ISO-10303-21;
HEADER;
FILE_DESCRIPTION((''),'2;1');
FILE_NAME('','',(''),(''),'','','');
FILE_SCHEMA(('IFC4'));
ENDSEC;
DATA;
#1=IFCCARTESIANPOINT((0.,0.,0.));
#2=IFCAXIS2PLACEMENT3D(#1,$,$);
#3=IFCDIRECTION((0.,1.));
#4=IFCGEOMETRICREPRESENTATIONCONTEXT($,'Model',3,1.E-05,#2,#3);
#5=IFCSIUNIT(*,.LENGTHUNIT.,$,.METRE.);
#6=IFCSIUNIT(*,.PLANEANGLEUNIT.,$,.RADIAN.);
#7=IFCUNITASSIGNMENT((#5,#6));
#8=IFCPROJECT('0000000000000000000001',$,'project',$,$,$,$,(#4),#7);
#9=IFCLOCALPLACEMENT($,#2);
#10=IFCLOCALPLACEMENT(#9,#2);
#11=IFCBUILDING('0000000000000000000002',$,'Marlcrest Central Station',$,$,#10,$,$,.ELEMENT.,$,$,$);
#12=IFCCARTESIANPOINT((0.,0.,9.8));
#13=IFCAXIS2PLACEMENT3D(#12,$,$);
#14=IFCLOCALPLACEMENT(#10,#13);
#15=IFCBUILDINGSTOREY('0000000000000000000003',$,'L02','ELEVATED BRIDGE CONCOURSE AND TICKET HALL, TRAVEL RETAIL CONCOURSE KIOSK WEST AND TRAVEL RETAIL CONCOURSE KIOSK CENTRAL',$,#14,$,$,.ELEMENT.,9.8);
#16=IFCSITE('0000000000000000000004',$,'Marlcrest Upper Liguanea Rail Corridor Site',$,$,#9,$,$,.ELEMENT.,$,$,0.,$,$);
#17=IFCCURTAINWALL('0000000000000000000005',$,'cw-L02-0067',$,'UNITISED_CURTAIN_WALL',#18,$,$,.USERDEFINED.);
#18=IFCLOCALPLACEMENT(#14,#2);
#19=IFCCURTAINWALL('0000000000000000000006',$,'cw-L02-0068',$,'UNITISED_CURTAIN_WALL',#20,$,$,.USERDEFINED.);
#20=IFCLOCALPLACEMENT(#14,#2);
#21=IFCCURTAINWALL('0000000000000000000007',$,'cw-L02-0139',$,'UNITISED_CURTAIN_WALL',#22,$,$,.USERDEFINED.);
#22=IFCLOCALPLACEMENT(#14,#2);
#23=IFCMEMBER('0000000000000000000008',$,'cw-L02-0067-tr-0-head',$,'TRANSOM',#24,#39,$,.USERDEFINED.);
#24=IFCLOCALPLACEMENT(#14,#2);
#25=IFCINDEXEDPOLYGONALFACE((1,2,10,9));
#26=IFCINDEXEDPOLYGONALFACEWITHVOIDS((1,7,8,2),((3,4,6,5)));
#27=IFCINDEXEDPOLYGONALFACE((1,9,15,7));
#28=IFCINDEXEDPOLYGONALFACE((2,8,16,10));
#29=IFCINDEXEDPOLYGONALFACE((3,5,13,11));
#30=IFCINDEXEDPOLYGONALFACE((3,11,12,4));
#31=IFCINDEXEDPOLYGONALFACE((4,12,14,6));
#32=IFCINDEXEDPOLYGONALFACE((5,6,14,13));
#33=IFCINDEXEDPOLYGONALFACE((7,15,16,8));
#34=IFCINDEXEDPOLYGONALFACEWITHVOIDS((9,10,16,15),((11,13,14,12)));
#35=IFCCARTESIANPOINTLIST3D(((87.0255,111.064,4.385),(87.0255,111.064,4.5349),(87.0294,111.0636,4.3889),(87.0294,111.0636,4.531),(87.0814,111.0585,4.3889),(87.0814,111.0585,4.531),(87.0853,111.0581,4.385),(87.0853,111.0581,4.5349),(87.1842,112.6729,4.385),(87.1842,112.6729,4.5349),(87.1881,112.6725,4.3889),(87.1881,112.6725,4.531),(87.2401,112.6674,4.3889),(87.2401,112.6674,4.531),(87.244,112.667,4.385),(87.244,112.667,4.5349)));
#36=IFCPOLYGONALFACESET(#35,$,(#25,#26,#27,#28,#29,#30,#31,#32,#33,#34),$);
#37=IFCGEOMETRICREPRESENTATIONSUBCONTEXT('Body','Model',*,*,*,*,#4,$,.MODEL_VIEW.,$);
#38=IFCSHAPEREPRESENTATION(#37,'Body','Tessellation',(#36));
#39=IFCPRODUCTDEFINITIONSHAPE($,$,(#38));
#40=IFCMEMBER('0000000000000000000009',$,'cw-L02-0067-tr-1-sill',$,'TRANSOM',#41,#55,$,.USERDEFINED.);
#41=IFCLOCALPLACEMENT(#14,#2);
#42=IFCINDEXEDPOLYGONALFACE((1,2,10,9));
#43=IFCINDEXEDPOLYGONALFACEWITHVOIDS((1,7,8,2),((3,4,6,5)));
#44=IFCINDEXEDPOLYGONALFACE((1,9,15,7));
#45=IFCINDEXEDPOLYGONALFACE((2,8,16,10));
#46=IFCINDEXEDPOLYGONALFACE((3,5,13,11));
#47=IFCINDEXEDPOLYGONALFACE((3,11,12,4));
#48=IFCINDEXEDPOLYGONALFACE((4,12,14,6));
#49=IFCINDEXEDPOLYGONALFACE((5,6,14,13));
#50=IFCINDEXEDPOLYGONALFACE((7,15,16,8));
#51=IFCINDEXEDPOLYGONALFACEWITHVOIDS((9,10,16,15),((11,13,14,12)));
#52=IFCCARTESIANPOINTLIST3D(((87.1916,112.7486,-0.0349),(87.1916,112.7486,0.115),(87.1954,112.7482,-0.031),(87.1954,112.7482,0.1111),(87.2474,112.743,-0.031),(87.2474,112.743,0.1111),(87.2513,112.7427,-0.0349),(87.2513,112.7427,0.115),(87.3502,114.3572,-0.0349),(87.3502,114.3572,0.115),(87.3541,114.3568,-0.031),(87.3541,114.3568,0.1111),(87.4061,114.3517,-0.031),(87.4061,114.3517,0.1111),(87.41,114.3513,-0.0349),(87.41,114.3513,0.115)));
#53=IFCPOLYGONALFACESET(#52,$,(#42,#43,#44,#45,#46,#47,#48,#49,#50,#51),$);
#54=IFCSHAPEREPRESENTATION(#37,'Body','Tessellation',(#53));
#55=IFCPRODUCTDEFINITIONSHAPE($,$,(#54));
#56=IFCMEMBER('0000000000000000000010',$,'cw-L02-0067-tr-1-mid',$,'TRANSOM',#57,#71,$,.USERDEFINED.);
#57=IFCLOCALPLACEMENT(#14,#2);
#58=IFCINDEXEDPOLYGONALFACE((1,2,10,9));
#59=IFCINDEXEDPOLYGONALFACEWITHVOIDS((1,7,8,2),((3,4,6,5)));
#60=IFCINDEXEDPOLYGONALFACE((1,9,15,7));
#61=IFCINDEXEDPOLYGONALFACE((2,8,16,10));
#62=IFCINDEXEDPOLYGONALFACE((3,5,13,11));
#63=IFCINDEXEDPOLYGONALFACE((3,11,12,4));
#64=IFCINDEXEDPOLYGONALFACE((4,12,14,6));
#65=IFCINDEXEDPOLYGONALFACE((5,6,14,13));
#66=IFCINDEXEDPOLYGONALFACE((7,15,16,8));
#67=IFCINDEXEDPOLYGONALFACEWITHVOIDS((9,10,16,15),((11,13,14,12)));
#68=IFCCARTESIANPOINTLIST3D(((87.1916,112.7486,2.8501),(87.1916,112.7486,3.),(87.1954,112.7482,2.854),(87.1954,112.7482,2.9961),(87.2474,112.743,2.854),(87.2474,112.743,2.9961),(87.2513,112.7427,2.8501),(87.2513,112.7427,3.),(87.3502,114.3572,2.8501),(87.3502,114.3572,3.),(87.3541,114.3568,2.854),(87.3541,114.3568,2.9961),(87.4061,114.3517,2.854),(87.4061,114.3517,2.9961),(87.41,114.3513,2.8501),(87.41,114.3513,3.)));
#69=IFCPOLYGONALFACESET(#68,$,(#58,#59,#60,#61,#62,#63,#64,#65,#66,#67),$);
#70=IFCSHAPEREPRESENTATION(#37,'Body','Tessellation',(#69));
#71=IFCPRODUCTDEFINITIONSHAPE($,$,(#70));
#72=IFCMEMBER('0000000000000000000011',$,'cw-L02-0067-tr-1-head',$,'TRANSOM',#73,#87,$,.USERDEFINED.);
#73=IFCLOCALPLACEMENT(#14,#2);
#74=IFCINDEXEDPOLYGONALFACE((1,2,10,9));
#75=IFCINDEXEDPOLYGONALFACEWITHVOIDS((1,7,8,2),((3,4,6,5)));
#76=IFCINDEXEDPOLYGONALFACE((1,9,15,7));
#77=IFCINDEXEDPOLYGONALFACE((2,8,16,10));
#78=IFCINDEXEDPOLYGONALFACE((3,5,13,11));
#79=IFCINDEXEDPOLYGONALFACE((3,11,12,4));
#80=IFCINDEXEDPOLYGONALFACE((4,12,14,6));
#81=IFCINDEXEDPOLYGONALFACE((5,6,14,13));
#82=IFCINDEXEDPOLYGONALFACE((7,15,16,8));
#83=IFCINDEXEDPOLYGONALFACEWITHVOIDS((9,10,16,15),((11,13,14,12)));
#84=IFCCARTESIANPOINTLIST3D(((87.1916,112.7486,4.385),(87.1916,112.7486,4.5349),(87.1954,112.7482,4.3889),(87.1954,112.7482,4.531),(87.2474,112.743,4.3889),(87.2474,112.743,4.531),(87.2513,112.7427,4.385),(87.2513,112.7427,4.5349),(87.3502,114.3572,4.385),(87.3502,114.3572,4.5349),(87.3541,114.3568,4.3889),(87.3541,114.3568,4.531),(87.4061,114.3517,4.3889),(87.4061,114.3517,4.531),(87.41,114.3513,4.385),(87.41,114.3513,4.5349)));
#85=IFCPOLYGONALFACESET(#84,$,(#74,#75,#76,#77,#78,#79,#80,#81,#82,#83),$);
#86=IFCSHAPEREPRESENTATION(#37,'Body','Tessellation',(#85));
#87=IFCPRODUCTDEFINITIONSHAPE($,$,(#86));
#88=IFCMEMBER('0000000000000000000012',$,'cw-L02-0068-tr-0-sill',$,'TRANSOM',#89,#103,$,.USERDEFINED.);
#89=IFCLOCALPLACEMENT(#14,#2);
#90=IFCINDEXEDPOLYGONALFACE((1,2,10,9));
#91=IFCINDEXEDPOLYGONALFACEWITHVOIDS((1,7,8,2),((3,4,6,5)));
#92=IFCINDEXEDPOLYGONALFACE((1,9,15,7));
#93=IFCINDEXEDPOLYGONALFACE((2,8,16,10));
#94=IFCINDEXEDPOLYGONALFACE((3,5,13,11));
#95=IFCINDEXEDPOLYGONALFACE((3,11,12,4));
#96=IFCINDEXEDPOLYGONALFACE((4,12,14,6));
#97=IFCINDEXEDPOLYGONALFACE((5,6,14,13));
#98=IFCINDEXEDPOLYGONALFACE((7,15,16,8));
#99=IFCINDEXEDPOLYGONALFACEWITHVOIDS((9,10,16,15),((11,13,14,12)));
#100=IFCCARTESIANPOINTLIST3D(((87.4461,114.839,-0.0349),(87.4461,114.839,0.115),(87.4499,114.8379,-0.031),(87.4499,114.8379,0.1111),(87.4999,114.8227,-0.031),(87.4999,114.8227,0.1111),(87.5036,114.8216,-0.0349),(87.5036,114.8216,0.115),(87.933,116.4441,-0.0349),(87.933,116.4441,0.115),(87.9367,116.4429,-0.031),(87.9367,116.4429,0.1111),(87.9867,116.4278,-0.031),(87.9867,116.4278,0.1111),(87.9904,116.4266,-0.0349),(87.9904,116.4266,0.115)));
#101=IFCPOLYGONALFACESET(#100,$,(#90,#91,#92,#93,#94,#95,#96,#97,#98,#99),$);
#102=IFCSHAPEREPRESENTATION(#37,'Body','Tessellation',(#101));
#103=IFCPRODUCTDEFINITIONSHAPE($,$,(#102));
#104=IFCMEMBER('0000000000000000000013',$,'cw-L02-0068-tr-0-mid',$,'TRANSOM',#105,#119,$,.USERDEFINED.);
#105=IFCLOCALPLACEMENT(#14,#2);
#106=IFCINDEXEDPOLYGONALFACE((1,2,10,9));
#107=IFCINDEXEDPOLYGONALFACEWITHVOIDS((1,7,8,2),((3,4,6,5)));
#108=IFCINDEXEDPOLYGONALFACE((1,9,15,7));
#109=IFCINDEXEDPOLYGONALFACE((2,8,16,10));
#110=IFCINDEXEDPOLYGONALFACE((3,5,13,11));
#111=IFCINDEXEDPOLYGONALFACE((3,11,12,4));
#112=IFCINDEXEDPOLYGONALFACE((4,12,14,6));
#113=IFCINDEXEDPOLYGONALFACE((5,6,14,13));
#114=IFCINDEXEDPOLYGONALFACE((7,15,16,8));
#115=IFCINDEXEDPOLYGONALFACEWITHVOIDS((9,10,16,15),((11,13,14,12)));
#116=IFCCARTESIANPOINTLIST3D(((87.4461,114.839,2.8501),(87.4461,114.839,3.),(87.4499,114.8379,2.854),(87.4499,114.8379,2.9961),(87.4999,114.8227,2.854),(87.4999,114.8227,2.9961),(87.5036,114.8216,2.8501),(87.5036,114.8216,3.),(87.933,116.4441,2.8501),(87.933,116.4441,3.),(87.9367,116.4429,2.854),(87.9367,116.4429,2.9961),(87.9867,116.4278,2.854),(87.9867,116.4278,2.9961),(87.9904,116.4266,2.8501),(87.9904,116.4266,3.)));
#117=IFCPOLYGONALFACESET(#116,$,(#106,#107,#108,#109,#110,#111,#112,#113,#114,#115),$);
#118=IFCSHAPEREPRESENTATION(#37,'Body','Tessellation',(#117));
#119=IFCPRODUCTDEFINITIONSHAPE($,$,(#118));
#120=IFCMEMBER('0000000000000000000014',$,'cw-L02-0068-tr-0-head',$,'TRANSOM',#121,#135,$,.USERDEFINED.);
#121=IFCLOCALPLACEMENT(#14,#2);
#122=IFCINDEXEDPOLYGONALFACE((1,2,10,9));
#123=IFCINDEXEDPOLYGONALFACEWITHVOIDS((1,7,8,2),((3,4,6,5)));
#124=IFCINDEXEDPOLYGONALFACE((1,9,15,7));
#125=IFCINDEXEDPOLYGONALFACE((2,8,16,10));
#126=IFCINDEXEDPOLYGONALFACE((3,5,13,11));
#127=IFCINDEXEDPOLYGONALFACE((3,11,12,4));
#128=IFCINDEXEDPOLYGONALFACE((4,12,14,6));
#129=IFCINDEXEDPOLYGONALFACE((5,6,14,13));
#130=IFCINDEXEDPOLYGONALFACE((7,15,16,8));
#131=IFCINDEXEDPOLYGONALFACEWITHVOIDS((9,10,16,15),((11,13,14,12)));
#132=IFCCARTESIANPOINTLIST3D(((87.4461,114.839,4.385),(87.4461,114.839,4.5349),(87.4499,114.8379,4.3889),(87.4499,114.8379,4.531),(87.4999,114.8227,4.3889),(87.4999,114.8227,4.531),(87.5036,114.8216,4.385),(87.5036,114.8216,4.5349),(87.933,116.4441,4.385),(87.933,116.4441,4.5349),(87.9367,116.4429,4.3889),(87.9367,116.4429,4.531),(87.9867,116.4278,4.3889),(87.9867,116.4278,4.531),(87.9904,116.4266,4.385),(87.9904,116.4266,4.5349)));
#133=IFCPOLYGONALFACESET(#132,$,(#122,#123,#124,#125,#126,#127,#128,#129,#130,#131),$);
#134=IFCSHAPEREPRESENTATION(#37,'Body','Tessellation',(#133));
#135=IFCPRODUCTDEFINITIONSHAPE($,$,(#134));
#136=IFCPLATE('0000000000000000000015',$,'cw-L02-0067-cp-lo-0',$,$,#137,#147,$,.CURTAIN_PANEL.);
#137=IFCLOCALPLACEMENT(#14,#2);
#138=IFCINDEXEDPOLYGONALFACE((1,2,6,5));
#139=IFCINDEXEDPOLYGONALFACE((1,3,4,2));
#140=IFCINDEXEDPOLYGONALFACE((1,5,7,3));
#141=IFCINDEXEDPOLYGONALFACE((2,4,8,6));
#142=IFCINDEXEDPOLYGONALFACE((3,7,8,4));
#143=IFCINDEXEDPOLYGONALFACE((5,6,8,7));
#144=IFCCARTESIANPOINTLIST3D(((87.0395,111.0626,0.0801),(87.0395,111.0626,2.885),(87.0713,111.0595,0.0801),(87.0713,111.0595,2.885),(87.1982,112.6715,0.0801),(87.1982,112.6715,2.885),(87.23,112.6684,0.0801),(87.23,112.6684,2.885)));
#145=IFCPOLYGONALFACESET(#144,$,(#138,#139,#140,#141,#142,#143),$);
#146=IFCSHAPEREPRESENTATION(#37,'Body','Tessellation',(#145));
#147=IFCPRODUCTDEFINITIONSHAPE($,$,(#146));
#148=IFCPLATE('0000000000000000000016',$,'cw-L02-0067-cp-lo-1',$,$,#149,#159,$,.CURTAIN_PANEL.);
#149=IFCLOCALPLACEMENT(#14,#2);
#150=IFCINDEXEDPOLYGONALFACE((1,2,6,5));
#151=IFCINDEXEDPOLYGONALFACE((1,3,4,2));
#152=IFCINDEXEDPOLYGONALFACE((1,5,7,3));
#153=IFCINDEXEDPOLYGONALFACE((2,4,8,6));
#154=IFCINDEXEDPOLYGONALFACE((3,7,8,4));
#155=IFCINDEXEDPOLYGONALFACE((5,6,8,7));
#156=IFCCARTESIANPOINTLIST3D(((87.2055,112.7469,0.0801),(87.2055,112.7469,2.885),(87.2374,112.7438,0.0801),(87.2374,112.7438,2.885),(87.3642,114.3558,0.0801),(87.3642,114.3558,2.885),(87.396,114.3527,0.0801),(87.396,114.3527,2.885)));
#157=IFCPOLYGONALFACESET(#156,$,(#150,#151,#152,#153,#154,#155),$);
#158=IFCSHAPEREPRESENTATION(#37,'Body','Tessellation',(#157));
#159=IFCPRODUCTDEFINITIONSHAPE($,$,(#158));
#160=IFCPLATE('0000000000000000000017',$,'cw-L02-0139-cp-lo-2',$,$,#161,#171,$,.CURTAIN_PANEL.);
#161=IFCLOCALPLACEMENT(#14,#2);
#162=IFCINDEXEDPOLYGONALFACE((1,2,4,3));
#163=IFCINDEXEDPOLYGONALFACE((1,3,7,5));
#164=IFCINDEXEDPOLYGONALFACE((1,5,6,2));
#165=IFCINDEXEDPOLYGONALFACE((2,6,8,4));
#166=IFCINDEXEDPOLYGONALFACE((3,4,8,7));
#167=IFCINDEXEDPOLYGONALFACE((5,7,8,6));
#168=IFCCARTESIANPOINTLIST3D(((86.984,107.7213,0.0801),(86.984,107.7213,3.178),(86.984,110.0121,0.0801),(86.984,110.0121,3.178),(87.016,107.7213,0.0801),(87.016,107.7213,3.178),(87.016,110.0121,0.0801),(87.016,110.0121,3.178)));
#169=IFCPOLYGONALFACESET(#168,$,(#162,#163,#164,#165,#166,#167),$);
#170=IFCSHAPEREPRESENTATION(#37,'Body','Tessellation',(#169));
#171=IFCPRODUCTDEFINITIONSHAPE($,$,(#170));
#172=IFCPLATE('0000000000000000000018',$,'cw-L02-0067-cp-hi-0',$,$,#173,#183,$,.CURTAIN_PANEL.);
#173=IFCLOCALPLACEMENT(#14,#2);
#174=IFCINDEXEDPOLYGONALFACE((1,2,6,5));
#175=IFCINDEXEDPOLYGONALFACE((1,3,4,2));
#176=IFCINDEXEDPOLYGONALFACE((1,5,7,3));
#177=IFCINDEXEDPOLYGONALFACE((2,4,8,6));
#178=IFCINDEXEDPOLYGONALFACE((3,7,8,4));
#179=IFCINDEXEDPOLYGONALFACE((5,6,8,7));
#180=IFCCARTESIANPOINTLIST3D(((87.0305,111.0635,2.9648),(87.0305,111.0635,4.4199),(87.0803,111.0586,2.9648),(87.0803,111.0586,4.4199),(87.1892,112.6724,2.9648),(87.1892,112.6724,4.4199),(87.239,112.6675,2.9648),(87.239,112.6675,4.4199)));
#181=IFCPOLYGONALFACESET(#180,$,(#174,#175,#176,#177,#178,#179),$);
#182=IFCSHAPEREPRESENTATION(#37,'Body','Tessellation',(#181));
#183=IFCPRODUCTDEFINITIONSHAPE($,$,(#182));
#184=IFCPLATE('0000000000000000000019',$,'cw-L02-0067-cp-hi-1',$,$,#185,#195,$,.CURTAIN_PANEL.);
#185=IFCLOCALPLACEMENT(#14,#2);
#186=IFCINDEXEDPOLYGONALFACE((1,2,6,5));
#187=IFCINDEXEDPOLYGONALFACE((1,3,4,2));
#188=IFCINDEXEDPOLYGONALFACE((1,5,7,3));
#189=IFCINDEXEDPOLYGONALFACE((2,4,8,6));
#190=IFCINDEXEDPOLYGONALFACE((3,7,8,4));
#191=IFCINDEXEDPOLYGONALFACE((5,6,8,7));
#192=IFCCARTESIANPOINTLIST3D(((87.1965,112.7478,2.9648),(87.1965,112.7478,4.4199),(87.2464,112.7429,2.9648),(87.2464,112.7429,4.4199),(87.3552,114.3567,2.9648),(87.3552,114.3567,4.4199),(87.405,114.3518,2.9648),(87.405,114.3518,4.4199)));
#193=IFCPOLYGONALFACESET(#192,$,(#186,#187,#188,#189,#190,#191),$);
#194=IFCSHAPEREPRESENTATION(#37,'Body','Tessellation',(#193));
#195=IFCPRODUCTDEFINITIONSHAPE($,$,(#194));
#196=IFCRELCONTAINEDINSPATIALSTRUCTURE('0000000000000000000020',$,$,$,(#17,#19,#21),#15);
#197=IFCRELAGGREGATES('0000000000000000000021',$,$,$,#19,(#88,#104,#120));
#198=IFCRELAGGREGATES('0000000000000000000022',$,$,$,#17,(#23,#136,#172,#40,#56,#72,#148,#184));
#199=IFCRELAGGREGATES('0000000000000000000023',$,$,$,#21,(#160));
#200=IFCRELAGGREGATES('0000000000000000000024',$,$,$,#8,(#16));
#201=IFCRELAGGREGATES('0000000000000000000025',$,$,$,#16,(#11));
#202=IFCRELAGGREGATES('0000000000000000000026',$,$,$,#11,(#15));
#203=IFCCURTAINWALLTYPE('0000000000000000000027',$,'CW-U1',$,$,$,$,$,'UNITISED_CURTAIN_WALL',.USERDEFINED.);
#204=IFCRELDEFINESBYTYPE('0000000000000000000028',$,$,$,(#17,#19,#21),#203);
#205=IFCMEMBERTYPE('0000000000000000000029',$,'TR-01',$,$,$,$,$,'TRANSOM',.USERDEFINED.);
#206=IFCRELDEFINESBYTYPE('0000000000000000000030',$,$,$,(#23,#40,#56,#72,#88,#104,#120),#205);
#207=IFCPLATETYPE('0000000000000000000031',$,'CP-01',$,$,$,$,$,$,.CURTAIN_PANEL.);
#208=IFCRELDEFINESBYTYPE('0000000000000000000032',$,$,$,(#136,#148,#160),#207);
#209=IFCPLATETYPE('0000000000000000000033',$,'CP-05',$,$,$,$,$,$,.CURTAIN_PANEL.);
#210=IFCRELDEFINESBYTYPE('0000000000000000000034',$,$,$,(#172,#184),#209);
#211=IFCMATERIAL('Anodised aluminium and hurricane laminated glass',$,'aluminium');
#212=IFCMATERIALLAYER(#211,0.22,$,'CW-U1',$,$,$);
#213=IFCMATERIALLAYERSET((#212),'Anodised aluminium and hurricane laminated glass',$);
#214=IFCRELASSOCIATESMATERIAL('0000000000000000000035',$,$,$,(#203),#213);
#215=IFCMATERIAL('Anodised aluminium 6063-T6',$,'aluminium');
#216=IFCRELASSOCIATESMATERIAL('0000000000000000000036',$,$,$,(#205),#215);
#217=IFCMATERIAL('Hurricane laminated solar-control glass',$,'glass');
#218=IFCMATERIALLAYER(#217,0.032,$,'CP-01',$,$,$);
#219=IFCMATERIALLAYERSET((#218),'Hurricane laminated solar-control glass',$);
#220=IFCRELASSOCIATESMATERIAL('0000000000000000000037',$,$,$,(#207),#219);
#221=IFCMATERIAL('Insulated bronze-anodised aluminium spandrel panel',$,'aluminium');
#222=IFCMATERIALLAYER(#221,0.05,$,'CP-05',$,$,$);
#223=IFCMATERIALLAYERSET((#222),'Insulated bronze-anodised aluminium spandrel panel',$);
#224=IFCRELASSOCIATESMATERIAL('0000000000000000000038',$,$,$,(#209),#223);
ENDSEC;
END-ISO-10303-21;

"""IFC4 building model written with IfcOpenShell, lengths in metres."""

from ifc_helpers import new_model, si_unit, direction, frame, origin, origin_2d, place, context, subcontext, project, spatial, rectangle, hollow_rectangle, extrude, material, layer, layer_set, material_profile, profile_set, type_object, element, aggregate, save


model = new_model("IFC4")

# Units and contexts
model_context = context("Model", 3, precision=1e-05, world=origin(), true_north=direction((0.0, 1.0)))
body_context = subcontext(model_context, "Body", "Model", "MODEL_VIEW")
ifc_project = project(units=[si_unit("LENGTHUNIT", "METRE"), si_unit("PLANEANGLEUNIT", "RADIAN")], contexts=[model_context])

# Site, building, storey
site_placement = place(None, origin())
site = spatial("IfcSite", under=ifc_project, at=site_placement, Name="Marlcrest Upper Liguanea Rail Corridor Site", CompositionType="ELEMENT", RefElevation=0.0)
building_placement = place(site_placement, origin())
building = spatial("IfcBuilding", under=site, at=building_placement, Name="Marlcrest Central Station", CompositionType="ELEMENT")
storey_placement = place(building_placement, frame((0.0, 0.0, 9.8)))
storey = spatial("IfcBuildingStorey", under=building, at=storey_placement, Name="L02", Description="ELEVATED BRIDGE CONCOURSE AND TICKET HALL, TRAVEL RETAIL CONCOURSE KIOSK WEST AND TRAVEL RETAIL CONCOURSE KIOSK CENTRAL", CompositionType="ELEMENT", Elevation=9.8)

# Curtain wall
ifc_material_1 = material(Name="Anodised aluminium and hurricane laminated glass", Category="aluminium")
ifc_layer_1 = layer(ifc_material_1, 0.22, Name="CW-U1")
ifc_layer_set_1 = layer_set([ifc_layer_1], Name="Anodised aluminium and hurricane laminated glass")
curtain_wall_type = type_object("IfcCurtainWallType", Name="CW-U1", ElementType="UNITISED_CURTAIN_WALL", PredefinedType="USERDEFINED", material=ifc_layer_set_1)
curtain_wall_1_placement = place(storey_placement, origin())
curtain_wall_1 = element("IfcCurtainWall", 1, at=curtain_wall_1_placement, inside=storey, type_object=curtain_wall_type, Name="cw-L02-0067", ObjectType="UNITISED_CURTAIN_WALL", PredefinedType="USERDEFINED")
ifc_material_2 = material(Name="Anodised aluminium 6063-T6", Category="aluminium")

# Curtain walls
curtain_wall_2_placement = place(storey_placement, origin())
curtain_wall_2 = element("IfcCurtainWall", 2, at=curtain_wall_2_placement, inside=storey, type_object=curtain_wall_type, Name="cw-L02-0068", ObjectType="UNITISED_CURTAIN_WALL", PredefinedType="USERDEFINED")
curtain_wall_3_placement = place(storey_placement, origin())
curtain_wall_3 = element("IfcCurtainWall", 3, at=curtain_wall_3_placement, inside=storey, type_object=curtain_wall_type, Name="cw-L02-0139", ObjectType="UNITISED_CURTAIN_WALL", PredefinedType="USERDEFINED")

# Members
ifc_material_profile_1 = material_profile(ifc_material_2, hollow_rectangle(XDim=0.0601, YDim=0.1499, WallThickness=0.0039, at=origin_2d()), Name="AA-RHS 150x60x4")
ifc_profile_set_1 = profile_set([ifc_material_profile_1], Name="Anodised aluminium 6063-T6")
member_type_1 = type_object("IfcMemberType", Name="TR-01", ElementType="TRANSOM", PredefinedType="USERDEFINED", material=ifc_profile_set_1)
member_1_placement = place(storey_placement, frame((87.0554, 111.061, 4.46), z_axis=(0.098158, 0.995171, 0.0), x_axis=(-0.995171, 0.098158, 0.0)))
member_1 = element("IfcMember", 4, at=member_1_placement, type_object=member_type_1, Name="cw-L02-0067-tr-0-head", ObjectType="TRANSOM", PredefinedType="USERDEFINED", context=body_context, shape_type="SweptSolid", body=[
    extrude(hollow_rectangle(XDim=0.0601, YDim=0.1499, WallThickness=0.0039, at=origin_2d()), origin(), (0.0, 0.0, 1.0), 1.6167),
])
member_2_placement = place(storey_placement, frame((87.2214, 112.7456, 0.04), z_axis=(0.098173, 0.995169, 0.0), x_axis=(-0.995169, 0.098173, 0.0)))
member_2 = element("IfcMember", 5, at=member_2_placement, type_object=member_type_1, Name="cw-L02-0067-tr-1-sill", ObjectType="TRANSOM", PredefinedType="USERDEFINED", context=body_context, shape_type="SweptSolid", body=[
    extrude(hollow_rectangle(XDim=0.0601, YDim=0.1499, WallThickness=0.0039, at=origin_2d()), origin(), (0.0, 0.0, 1.0), 1.6165),
])
member_3_placement = place(storey_placement, frame((87.2214, 112.7456, 2.925), z_axis=(0.098173, 0.995169, 0.0), x_axis=(-0.995169, 0.098173, 0.0)))
member_3 = element("IfcMember", 6, at=member_3_placement, type_object=member_type_1, Name="cw-L02-0067-tr-1-mid", ObjectType="TRANSOM", PredefinedType="USERDEFINED", context=body_context, shape_type="SweptSolid", body=[
    extrude(hollow_rectangle(XDim=0.0601, YDim=0.1499, WallThickness=0.0039, at=origin_2d()), origin(), (0.0, 0.0, 1.0), 1.6165),
])
member_4_placement = place(storey_placement, frame((87.2214, 112.7456, 4.46), z_axis=(0.098173, 0.995169, 0.0), x_axis=(-0.995169, 0.098173, 0.0)))
member_4 = element("IfcMember", 7, at=member_4_placement, type_object=member_type_1, Name="cw-L02-0067-tr-1-head", ObjectType="TRANSOM", PredefinedType="USERDEFINED", context=body_context, shape_type="SweptSolid", body=[
    extrude(hollow_rectangle(XDim=0.0601, YDim=0.1499, WallThickness=0.0039, at=origin_2d()), origin(), (0.0, 0.0, 1.0), 1.6165),
])
member_5_placement = place(storey_placement, frame((87.4749, 114.8303, 0.04), z_axis=(0.290258, 0.956948, 0.0), x_axis=(-0.956948, 0.290258, 0.0)))
member_5 = element("IfcMember", 8, at=member_5_placement, type_object=member_type_1, Name="cw-L02-0068-tr-0-sill", ObjectType="TRANSOM", PredefinedType="USERDEFINED", context=body_context, shape_type="SweptSolid", body=[
    extrude(hollow_rectangle(XDim=0.0601, YDim=0.1499, WallThickness=0.0039, at=origin_2d()), origin(), (0.0, 0.0, 1.0), 1.6772),
])
member_6_placement = place(storey_placement, frame((87.4749, 114.8303, 2.925), z_axis=(0.290258, 0.956948, 0.0), x_axis=(-0.956948, 0.290258, 0.0)))
member_6 = element("IfcMember", 9, at=member_6_placement, type_object=member_type_1, Name="cw-L02-0068-tr-0-mid", ObjectType="TRANSOM", PredefinedType="USERDEFINED", context=body_context, shape_type="SweptSolid", body=[
    extrude(hollow_rectangle(XDim=0.0601, YDim=0.1499, WallThickness=0.0039, at=origin_2d()), origin(), (0.0, 0.0, 1.0), 1.6772),
])
member_7_placement = place(storey_placement, frame((87.4749, 114.8303, 4.46), z_axis=(0.290258, 0.956948, 0.0), x_axis=(-0.956948, 0.290258, 0.0)))
member_7 = element("IfcMember", 10, at=member_7_placement, type_object=member_type_1, Name="cw-L02-0068-tr-0-head", ObjectType="TRANSOM", PredefinedType="USERDEFINED", context=body_context, shape_type="SweptSolid", body=[
    extrude(hollow_rectangle(XDim=0.0601, YDim=0.1499, WallThickness=0.0039, at=origin_2d()), origin(), (0.0, 0.0, 1.0), 1.6772),
])
aggregate(curtain_wall_2, [member_5, member_6, member_7])

# Plates
ifc_material_3 = material(Name="Hurricane laminated solar-control glass", Category="glass")
ifc_layer_2 = layer(ifc_material_3, 0.032, Name="CP-01")
ifc_layer_set_2 = layer_set([ifc_layer_2], Name="Hurricane laminated solar-control glass")
plate_type_1 = type_object("IfcPlateType", Name="CP-01", PredefinedType="CURTAIN_PANEL", material=ifc_layer_set_2)
plate_1_placement = place(storey_placement, frame((87.1348, 111.8655, 0.0801), z_axis=(0.0, 0.0, 1.0), x_axis=(0.098139, 0.995173, 0.0)))
plate_1 = element("IfcPlate", 11, at=plate_1_placement, type_object=plate_type_1, Name="cw-L02-0067-cp-lo-0", PredefinedType="CURTAIN_PANEL", context=body_context, shape_type="SweptSolid", body=[
    extrude(rectangle(XDim=1.6167, YDim=0.032, at=origin_2d()), origin(), (0.0, 0.0, 1.0), 2.8049),
])
plate_2_placement = place(storey_placement, frame((87.3008, 113.5498, 0.0801), z_axis=(0.0, 0.0, 1.0), x_axis=(0.098139, 0.995173, 0.0)))
plate_2 = element("IfcPlate", 12, at=plate_2_placement, type_object=plate_type_1, Name="cw-L02-0067-cp-lo-1", PredefinedType="CURTAIN_PANEL", context=body_context, shape_type="SweptSolid", body=[
    extrude(rectangle(XDim=1.6167, YDim=0.032, at=origin_2d()), origin(), (0.0, 0.0, 1.0), 2.8049),
])
plate_3_placement = place(storey_placement, frame((87.0, 108.8667, 0.0801), z_axis=(0.0, 0.0, 1.0), x_axis=(0.0, 1.0, 0.0)))
plate_3 = element("IfcPlate", 13, at=plate_3_placement, type_object=plate_type_1, Name="cw-L02-0139-cp-lo-2", PredefinedType="CURTAIN_PANEL", context=body_context, shape_type="SweptSolid", body=[
    extrude(rectangle(XDim=2.2908, YDim=0.032, at=origin_2d()), origin(), (0.0, 0.0, 1.0), 3.0979),
])
ifc_material_4 = material(Name="Insulated bronze-anodised aluminium spandrel panel", Category="aluminium")
ifc_layer_3 = layer(ifc_material_4, 0.05, Name="CP-05")
ifc_layer_set_3 = layer_set([ifc_layer_3], Name="Insulated bronze-anodised aluminium spandrel panel")
plate_type_2 = type_object("IfcPlateType", Name="CP-05", PredefinedType="CURTAIN_PANEL", material=ifc_layer_set_3)
plate_4_placement = place(storey_placement, frame((87.1348, 111.8655, 2.9648), z_axis=(0.0, 0.0, 1.0), x_axis=(0.098139, 0.995173, 0.0)))
plate_4 = element("IfcPlate", 14, at=plate_4_placement, type_object=plate_type_2, Name="cw-L02-0067-cp-hi-0", PredefinedType="CURTAIN_PANEL", context=body_context, shape_type="SweptSolid", body=[
    extrude(rectangle(XDim=1.6167, YDim=0.05, at=origin_2d()), origin(), (0.0, 0.0, 1.0), 1.4551),
])
plate_5_placement = place(storey_placement, frame((87.3008, 113.5498, 2.9648), z_axis=(0.0, 0.0, 1.0), x_axis=(0.098139, 0.995173, 0.0)))
plate_5 = element("IfcPlate", 15, at=plate_5_placement, type_object=plate_type_2, Name="cw-L02-0067-cp-hi-1", PredefinedType="CURTAIN_PANEL", context=body_context, shape_type="SweptSolid", body=[
    extrude(rectangle(XDim=1.6167, YDim=0.05, at=origin_2d()), origin(), (0.0, 0.0, 1.0), 1.4551),
])
aggregate(curtain_wall_1, [member_1, plate_1, plate_4, member_2, member_3, member_4, plate_2, plate_5])
aggregate(curtain_wall_3, [plate_3])

save(model, "model.ifc")
